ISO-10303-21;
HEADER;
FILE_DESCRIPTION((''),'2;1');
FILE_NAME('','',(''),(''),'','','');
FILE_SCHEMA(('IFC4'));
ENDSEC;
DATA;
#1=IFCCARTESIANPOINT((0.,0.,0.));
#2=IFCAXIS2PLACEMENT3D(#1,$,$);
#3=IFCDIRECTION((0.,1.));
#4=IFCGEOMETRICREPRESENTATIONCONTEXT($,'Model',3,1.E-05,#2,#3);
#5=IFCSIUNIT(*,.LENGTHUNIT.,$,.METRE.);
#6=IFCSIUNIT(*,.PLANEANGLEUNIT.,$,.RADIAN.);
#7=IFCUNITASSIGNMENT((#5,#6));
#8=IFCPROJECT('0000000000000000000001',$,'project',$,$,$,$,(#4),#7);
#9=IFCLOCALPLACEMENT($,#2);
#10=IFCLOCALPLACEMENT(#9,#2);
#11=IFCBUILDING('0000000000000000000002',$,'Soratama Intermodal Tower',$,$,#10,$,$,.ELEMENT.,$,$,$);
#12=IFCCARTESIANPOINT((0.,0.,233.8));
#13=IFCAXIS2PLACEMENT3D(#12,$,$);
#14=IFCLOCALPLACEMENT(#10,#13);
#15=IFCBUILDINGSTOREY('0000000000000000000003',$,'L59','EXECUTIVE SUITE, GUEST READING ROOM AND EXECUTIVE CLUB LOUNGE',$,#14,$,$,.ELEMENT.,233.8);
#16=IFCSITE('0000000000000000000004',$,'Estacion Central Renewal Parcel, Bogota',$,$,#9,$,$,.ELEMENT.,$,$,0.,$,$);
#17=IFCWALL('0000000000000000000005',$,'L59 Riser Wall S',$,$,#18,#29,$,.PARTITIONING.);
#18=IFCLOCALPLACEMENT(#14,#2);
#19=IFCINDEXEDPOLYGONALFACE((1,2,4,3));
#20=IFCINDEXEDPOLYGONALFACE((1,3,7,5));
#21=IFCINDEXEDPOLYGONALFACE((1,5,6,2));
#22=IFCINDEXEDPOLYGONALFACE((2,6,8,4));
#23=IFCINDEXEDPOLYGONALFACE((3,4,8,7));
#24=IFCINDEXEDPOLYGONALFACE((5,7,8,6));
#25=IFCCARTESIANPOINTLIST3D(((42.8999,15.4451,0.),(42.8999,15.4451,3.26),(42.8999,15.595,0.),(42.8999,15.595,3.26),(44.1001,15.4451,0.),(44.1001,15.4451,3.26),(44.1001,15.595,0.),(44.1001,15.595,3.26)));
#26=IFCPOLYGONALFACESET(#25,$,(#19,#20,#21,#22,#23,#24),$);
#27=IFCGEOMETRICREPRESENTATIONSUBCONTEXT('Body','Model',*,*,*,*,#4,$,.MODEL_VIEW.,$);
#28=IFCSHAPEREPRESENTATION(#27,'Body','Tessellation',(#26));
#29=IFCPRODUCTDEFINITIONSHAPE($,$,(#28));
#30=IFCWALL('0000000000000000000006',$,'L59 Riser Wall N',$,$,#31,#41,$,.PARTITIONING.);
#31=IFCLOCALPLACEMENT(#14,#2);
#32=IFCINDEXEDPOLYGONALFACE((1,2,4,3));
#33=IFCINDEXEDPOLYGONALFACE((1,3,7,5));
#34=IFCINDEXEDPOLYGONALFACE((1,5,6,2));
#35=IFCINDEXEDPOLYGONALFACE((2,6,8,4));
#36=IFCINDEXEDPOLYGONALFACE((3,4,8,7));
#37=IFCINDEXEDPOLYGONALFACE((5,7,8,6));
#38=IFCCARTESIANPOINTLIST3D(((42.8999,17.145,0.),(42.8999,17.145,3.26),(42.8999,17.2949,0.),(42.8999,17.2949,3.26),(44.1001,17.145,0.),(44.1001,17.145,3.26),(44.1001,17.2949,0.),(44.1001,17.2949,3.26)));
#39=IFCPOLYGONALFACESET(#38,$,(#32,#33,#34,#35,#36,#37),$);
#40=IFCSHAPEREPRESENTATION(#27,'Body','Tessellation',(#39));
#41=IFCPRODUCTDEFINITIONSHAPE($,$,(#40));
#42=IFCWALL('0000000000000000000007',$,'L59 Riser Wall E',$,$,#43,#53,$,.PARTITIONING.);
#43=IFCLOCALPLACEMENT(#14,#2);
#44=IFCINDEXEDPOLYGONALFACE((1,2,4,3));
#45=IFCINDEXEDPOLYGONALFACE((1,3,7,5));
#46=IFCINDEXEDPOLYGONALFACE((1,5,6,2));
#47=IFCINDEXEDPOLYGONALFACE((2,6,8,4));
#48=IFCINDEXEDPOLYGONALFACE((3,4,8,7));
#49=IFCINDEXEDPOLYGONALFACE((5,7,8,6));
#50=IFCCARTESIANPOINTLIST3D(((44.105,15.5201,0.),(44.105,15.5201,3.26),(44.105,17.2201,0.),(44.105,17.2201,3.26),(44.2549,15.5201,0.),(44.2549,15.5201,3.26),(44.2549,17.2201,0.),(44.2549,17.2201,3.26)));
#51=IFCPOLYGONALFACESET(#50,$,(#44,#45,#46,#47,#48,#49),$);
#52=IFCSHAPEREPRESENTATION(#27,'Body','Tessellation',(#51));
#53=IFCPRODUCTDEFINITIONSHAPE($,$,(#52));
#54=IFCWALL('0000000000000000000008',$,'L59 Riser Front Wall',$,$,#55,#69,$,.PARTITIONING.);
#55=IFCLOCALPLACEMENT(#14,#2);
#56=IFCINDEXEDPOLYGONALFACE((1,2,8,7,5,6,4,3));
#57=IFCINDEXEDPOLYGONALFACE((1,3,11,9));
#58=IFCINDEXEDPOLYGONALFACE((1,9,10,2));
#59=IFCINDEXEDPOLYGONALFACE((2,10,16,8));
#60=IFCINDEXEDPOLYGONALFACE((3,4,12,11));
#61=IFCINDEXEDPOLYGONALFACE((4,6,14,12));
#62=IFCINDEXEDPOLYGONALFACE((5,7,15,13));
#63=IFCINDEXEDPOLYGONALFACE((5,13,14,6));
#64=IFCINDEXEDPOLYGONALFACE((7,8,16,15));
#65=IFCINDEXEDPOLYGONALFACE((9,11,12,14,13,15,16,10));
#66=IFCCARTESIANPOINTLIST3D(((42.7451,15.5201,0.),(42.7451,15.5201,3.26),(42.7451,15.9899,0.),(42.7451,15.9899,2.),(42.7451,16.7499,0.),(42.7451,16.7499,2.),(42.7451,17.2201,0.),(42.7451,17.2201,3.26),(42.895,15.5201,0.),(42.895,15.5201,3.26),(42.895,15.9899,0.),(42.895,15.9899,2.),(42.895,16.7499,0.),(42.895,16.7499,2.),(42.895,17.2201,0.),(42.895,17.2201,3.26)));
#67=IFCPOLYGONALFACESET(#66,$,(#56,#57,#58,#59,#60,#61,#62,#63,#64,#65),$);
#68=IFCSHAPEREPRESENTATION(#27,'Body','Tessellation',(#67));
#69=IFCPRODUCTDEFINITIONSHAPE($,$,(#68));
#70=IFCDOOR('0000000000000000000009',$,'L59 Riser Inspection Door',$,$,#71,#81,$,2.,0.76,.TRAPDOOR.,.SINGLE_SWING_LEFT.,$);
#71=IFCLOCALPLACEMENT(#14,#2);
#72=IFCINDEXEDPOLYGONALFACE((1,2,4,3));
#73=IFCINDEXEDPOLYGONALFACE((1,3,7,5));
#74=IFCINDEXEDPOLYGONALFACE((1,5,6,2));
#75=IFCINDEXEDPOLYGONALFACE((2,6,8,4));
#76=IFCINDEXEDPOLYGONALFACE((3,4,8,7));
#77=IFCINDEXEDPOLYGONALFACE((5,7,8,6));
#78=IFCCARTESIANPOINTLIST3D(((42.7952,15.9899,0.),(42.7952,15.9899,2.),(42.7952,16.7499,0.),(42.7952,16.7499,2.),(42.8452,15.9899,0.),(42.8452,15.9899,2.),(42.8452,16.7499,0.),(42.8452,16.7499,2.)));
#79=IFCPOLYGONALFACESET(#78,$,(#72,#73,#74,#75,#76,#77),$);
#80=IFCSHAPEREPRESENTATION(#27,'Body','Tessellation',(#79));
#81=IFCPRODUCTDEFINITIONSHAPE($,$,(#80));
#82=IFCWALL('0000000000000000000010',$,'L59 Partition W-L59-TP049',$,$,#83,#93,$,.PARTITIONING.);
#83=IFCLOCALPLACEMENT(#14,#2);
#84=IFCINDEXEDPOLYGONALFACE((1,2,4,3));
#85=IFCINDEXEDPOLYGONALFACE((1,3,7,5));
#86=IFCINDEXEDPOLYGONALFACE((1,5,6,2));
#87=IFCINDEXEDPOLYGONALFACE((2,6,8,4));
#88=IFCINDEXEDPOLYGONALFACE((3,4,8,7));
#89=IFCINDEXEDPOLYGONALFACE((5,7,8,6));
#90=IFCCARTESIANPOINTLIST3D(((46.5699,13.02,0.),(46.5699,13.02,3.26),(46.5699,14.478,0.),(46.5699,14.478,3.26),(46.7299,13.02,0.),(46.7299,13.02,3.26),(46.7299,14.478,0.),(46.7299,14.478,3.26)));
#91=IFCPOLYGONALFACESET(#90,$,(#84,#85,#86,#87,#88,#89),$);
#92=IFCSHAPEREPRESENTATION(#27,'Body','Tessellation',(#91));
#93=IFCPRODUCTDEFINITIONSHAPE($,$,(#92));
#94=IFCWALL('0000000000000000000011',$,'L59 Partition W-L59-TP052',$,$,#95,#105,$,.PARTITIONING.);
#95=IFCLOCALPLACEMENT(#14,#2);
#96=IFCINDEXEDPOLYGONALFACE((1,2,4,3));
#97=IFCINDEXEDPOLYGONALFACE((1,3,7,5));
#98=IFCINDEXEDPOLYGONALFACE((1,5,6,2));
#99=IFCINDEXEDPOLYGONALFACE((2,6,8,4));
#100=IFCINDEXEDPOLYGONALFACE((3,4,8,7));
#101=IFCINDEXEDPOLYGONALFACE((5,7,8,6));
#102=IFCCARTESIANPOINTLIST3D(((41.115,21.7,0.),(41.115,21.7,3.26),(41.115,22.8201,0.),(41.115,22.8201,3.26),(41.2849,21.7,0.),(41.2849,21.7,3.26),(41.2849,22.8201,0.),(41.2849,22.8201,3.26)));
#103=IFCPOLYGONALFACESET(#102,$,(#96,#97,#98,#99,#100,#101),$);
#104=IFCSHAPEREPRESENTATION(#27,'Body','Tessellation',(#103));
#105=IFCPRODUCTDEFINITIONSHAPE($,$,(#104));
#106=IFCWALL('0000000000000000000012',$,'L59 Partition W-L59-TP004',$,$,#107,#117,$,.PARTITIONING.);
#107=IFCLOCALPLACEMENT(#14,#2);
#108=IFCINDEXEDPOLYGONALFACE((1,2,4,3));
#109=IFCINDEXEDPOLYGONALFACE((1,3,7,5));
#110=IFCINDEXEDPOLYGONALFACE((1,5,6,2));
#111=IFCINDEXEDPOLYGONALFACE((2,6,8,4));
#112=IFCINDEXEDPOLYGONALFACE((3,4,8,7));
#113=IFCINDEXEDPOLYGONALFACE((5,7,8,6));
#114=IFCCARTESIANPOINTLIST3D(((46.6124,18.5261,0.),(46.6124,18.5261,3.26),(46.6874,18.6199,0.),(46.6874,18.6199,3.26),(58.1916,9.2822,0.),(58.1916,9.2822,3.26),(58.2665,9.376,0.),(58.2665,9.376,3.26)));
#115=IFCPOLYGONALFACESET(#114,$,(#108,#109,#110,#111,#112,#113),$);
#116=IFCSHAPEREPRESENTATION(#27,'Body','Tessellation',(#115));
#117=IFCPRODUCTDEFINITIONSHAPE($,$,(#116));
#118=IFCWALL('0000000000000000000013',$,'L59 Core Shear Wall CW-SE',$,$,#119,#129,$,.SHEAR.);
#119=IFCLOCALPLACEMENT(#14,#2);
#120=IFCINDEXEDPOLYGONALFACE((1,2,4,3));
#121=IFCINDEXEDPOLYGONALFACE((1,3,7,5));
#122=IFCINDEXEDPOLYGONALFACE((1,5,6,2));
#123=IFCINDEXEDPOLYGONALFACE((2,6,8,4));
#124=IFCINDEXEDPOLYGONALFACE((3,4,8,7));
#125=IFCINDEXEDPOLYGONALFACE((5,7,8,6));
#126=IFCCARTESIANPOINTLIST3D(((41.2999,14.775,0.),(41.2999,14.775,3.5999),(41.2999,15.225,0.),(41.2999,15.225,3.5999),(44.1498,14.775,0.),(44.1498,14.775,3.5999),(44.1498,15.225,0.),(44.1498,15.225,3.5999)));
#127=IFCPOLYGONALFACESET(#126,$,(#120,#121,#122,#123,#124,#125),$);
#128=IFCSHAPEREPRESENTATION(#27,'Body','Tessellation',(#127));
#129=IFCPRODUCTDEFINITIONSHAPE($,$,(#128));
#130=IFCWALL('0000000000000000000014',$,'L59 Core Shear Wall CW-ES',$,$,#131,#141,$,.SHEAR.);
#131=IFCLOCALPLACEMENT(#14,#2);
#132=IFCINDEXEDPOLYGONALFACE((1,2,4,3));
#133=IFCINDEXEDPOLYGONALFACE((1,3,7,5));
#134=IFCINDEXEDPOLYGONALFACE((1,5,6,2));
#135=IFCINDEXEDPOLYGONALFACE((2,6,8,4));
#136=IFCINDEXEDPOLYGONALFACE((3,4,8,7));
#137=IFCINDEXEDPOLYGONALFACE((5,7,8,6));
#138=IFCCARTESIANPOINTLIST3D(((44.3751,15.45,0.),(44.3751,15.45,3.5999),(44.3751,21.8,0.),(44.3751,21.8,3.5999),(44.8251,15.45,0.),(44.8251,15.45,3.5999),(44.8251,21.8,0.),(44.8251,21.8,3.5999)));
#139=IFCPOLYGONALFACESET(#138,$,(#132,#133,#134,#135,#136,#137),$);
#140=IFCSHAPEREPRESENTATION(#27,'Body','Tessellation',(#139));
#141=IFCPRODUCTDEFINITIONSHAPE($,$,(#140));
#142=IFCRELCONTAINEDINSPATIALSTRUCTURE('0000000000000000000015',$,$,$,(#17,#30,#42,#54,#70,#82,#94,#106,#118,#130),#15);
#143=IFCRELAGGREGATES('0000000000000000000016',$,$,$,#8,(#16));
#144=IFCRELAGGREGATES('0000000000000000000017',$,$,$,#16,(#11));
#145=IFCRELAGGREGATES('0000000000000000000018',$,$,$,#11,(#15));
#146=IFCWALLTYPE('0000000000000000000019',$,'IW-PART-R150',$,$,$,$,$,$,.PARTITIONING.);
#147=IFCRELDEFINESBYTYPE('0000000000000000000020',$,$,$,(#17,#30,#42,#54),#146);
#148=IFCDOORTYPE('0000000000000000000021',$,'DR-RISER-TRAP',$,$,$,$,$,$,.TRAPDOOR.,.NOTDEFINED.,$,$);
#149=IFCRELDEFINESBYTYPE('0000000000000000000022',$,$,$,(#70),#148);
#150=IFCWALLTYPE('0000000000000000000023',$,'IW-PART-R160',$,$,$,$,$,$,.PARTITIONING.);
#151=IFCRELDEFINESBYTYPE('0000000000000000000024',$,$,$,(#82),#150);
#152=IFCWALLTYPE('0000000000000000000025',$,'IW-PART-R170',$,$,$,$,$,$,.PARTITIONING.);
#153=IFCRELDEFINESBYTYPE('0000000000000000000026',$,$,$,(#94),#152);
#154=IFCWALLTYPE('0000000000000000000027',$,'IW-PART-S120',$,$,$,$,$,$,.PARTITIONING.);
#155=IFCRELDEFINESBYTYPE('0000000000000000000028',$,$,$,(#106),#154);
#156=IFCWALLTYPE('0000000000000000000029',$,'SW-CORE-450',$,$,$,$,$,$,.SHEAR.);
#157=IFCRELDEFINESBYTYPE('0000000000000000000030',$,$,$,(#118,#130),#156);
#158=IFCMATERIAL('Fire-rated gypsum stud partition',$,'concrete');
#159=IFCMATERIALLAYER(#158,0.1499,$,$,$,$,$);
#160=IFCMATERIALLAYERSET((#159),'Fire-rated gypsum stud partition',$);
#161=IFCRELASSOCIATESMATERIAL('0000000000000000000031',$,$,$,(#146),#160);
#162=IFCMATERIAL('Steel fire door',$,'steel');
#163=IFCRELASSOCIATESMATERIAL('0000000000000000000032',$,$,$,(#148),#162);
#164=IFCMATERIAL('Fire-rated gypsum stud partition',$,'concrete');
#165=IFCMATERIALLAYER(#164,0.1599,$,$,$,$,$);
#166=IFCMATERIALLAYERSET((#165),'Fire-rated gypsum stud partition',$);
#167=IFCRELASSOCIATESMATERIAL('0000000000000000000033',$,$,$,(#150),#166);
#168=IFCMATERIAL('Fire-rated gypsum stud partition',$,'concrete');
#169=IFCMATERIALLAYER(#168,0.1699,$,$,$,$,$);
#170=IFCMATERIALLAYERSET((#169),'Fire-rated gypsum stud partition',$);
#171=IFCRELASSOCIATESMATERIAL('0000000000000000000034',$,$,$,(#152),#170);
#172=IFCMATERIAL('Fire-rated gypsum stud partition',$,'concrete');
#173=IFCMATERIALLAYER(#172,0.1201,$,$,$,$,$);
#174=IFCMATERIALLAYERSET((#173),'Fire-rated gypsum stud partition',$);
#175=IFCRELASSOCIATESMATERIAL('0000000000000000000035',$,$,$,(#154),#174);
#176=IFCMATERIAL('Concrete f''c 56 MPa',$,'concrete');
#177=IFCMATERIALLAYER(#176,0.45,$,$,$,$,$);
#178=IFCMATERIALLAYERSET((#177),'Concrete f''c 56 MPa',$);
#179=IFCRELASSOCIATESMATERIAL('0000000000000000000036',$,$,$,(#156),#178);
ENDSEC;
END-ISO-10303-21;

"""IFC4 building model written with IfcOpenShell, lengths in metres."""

from ifc_helpers import new_model, si_unit, direction, frame, frame_2d, origin, place, context, subcontext, project, spatial, rectangle, extrude, material, layer, layer_set, type_object, element, fill, save


model = new_model("IFC4")

# Units and contexts
model_context = context("Model", 3, precision=1e-05, world=origin(), true_north=direction((0.0, 1.0)))
body_context = subcontext(model_context, "Body", "Model", "MODEL_VIEW")
ifc_project = project(units=[si_unit("LENGTHUNIT", "METRE"), si_unit("PLANEANGLEUNIT", "RADIAN")], contexts=[model_context])

# Site, building, storey
site_placement = place(None, origin())
site = spatial("IfcSite", under=ifc_project, at=site_placement, Name="Estacion Central Renewal Parcel, Bogota", CompositionType="ELEMENT", RefElevation=0.0)
building_placement = place(site_placement, origin())
building = spatial("IfcBuilding", under=site, at=building_placement, Name="Soratama Intermodal Tower", CompositionType="ELEMENT")
storey_placement = place(building_placement, frame((0.0, 0.0, 233.8)))
storey = spatial("IfcBuildingStorey", under=building, at=storey_placement, Name="L59", Description="EXECUTIVE SUITE, GUEST READING ROOM AND EXECUTIVE CLUB LOUNGE", CompositionType="ELEMENT", Elevation=233.8)

# Walls
ifc_material_1 = material(Name="Fire-rated gypsum stud partition", Category="concrete")
ifc_layer_1 = layer(ifc_material_1, 0.1499)
ifc_layer_set_1 = layer_set([ifc_layer_1], Name="Fire-rated gypsum stud partition")
wall_type_1 = type_object("IfcWallType", Name="IW-PART-R150", PredefinedType="PARTITIONING", material=ifc_layer_set_1)
for number, where, z_axis, x_axis, name in (
    (1, (42.8999, 15.52, 0.0), (0.0, 0.0, 1.0), (1.0, 0.0, 0.0), "L59 Riser Wall S"),
    (2, (42.8999, 17.22, 0.0), (0.0, 0.0, 1.0), (1.0, 0.0, 0.0), "L59 Riser Wall N"),
):
    element("IfcWall", number, at=place(storey_placement, frame(where, z_axis=z_axis, x_axis=x_axis)), inside=storey, type_object=wall_type_1, Name=name, PredefinedType="PARTITIONING", context=body_context, shape_type="SweptSolid", body=[
        extrude(rectangle(XDim=1.2002, YDim=0.1499, at=frame_2d((0.6001, 0.0))), origin(), (0.0, 0.0, 1.0), 3.26),
    ])
wall_1_placement = place(storey_placement, frame((44.1799, 15.52, 0.0), z_axis=(0.0, 0.0, 1.0), x_axis=(0.0, 1.0, 0.0)))
element("IfcWall", 3, at=wall_1_placement, inside=storey, type_object=wall_type_1, Name="L59 Riser Wall E", PredefinedType="PARTITIONING", context=body_context, shape_type="SweptSolid", body=[
    extrude(rectangle(XDim=1.7, YDim=0.1499, at=frame_2d((0.8501, 0.0))), origin(), (0.0, 0.0, 1.0), 3.26),
])

# Wall, opening, door
wall_2_placement = place(storey_placement, frame((42.8201, 15.52, 0.0), z_axis=(0.0, 0.0, 1.0), x_axis=(0.0, 1.0, 0.0)))
wall_2 = element("IfcWall", 4, at=wall_2_placement, inside=storey, type_object=wall_type_1, Name="L59 Riser Front Wall", PredefinedType="PARTITIONING", context=body_context, shape_type="SweptSolid", body=[
    extrude(rectangle(XDim=1.7, YDim=0.1499, at=frame_2d((0.8501, 0.0))), origin(), (0.0, 0.0, 1.0), 3.26),
])
opening_1_placement = place(wall_2_placement, frame((0.47, 0.0, 0.0)))
opening_1 = element("IfcOpeningElement", 5, at=opening_1_placement, cuts=wall_2, PredefinedType="OPENING", context=body_context, shape_type="SweptSolid", body=[
    extrude(rectangle(XDim=0.76, YDim=2.0, at=frame_2d((0.3799, 1.0))), frame((0.0, 0.085, 0.0), z_axis=(0.0, -1.0, 0.0), x_axis=(1.0, 0.0, 0.0)), (0.0, 0.0, 1.0), 0.1699),
])
ifc_material_2 = material(Name="Steel fire door", Category="steel")
door_type_1 = type_object("IfcDoorType", Name="DR-RISER-TRAP", OperationType="NOTDEFINED", PredefinedType="TRAPDOOR", material=ifc_material_2)
door_1_placement = place(opening_1_placement, origin())
door_1 = element("IfcDoor", 6, at=door_1_placement, inside=storey, type_object=door_type_1, Name="L59 Riser Inspection Door", OperationType="SINGLE_SWING_LEFT", OverallHeight=2.0, OverallWidth=0.76, PredefinedType="TRAPDOOR", context=body_context, shape_type="SweptSolid", body=[
    extrude(rectangle(XDim=0.76, YDim=2.0, at=frame_2d((0.3799, 1.0))), frame((0.0, 0.0249, 0.0), z_axis=(0.0, -1.0, 0.0), x_axis=(1.0, 0.0, 0.0)), (0.0, 0.0, 1.0), 0.05),
])
fill(opening_1, door_1)
ifc_material_3 = material(Name="Fire-rated gypsum stud partition", Category="concrete")
ifc_layer_2 = layer(ifc_material_3, 0.1599)
ifc_layer_set_2 = layer_set([ifc_layer_2], Name="Fire-rated gypsum stud partition")
wall_type_2 = type_object("IfcWallType", Name="IW-PART-R160", PredefinedType="PARTITIONING", material=ifc_layer_set_2)

# Wall
wall_3_placement = place(storey_placement, frame((46.6499, 14.478, 0.0), z_axis=(0.0, 0.0, 1.0), x_axis=(0.0, -1.0, 0.0)))
element("IfcWall", 7, at=wall_3_placement, inside=storey, type_object=wall_type_2, Name="L59 Partition W-L59-TP049", PredefinedType="PARTITIONING", context=body_context, shape_type="SweptSolid", body=[
    extrude(rectangle(XDim=1.458, YDim=0.1599, at=frame_2d((0.729, 0.0))), origin(), (0.0, 0.0, 1.0), 3.26),
])

# Shared definitions
ifc_material_4 = material(Name="Fire-rated gypsum stud partition", Category="concrete")
ifc_layer_3 = layer(ifc_material_4, 0.1699)
ifc_layer_set_3 = layer_set([ifc_layer_3], Name="Fire-rated gypsum stud partition")
wall_type_3 = type_object("IfcWallType", Name="IW-PART-R170", PredefinedType="PARTITIONING", material=ifc_layer_set_3)

# Walls
wall_4_placement = place(storey_placement, frame((41.2, 21.7, 0.0), z_axis=(0.0, 0.0, 1.0), x_axis=(0.0, 1.0, 0.0)))
element("IfcWall", 8, at=wall_4_placement, inside=storey, type_object=wall_type_3, Name="L59 Partition W-L59-TP052", PredefinedType="PARTITIONING", context=body_context, shape_type="SweptSolid", body=[
    extrude(rectangle(XDim=1.1201, YDim=0.1699, at=frame_2d((0.5601, 0.0))), origin(), (0.0, 0.0, 1.0), 3.26),
])
ifc_material_5 = material(Name="Fire-rated gypsum stud partition", Category="concrete")
ifc_layer_4 = layer(ifc_material_5, 0.1201)
ifc_layer_set_4 = layer_set([ifc_layer_4], Name="Fire-rated gypsum stud partition")
wall_type_4 = type_object("IfcWallType", Name="IW-PART-S120", PredefinedType="PARTITIONING", material=ifc_layer_set_4)
wall_5_placement = place(storey_placement, frame((46.6499, 18.573, 0.0), z_axis=(0.0, 0.0, 1.0), x_axis=(0.781507, -0.623897, 0.0)))
element("IfcWall", 9, at=wall_5_placement, inside=storey, type_object=wall_type_4, Name="L59 Partition W-L59-TP004", PredefinedType="PARTITIONING", context=body_context, shape_type="SweptSolid", body=[
    extrude(rectangle(XDim=14.8164, YDim=0.1201, at=frame_2d((7.4082, 0.0))), origin(), (0.0, 0.0, 1.0), 3.26),
])
ifc_material_6 = material(Name="Concrete f'c 56 MPa", Category="concrete")
ifc_layer_5 = layer(ifc_material_6, 0.45)
ifc_layer_set_5 = layer_set([ifc_layer_5], Name="Concrete f'c 56 MPa")
wall_type_5 = type_object("IfcWallType", Name="SW-CORE-450", PredefinedType="SHEAR", material=ifc_layer_set_5)
wall_6_placement = place(storey_placement, frame((41.3, 15.0, 0.0), z_axis=(0.0, 0.0, 1.0), x_axis=(1.0, 0.0, 0.0)))
element("IfcWall", 10, at=wall_6_placement, inside=storey, type_object=wall_type_5, Name="L59 Core Shear Wall CW-SE", PredefinedType="SHEAR", context=body_context, shape_type="SweptSolid", body=[
    extrude(rectangle(XDim=2.8499, YDim=0.45, at=frame_2d((1.4248, 0.0))), origin(), (0.0, 0.0, 1.0), 3.5999),
])
wall_7_placement = place(storey_placement, frame((44.6001, 15.45, 0.0), z_axis=(0.0, 0.0, 1.0), x_axis=(0.0, 1.0, 0.0)))
element("IfcWall", 11, at=wall_7_placement, inside=storey, type_object=wall_type_5, Name="L59 Core Shear Wall CW-ES", PredefinedType="SHEAR", context=body_context, shape_type="SweptSolid", body=[
    extrude(rectangle(XDim=6.3501, YDim=0.45, at=frame_2d((3.175, 0.0))), origin(), (0.0, 0.0, 1.0), 3.5999),
])

save(model, "model.ifc")
